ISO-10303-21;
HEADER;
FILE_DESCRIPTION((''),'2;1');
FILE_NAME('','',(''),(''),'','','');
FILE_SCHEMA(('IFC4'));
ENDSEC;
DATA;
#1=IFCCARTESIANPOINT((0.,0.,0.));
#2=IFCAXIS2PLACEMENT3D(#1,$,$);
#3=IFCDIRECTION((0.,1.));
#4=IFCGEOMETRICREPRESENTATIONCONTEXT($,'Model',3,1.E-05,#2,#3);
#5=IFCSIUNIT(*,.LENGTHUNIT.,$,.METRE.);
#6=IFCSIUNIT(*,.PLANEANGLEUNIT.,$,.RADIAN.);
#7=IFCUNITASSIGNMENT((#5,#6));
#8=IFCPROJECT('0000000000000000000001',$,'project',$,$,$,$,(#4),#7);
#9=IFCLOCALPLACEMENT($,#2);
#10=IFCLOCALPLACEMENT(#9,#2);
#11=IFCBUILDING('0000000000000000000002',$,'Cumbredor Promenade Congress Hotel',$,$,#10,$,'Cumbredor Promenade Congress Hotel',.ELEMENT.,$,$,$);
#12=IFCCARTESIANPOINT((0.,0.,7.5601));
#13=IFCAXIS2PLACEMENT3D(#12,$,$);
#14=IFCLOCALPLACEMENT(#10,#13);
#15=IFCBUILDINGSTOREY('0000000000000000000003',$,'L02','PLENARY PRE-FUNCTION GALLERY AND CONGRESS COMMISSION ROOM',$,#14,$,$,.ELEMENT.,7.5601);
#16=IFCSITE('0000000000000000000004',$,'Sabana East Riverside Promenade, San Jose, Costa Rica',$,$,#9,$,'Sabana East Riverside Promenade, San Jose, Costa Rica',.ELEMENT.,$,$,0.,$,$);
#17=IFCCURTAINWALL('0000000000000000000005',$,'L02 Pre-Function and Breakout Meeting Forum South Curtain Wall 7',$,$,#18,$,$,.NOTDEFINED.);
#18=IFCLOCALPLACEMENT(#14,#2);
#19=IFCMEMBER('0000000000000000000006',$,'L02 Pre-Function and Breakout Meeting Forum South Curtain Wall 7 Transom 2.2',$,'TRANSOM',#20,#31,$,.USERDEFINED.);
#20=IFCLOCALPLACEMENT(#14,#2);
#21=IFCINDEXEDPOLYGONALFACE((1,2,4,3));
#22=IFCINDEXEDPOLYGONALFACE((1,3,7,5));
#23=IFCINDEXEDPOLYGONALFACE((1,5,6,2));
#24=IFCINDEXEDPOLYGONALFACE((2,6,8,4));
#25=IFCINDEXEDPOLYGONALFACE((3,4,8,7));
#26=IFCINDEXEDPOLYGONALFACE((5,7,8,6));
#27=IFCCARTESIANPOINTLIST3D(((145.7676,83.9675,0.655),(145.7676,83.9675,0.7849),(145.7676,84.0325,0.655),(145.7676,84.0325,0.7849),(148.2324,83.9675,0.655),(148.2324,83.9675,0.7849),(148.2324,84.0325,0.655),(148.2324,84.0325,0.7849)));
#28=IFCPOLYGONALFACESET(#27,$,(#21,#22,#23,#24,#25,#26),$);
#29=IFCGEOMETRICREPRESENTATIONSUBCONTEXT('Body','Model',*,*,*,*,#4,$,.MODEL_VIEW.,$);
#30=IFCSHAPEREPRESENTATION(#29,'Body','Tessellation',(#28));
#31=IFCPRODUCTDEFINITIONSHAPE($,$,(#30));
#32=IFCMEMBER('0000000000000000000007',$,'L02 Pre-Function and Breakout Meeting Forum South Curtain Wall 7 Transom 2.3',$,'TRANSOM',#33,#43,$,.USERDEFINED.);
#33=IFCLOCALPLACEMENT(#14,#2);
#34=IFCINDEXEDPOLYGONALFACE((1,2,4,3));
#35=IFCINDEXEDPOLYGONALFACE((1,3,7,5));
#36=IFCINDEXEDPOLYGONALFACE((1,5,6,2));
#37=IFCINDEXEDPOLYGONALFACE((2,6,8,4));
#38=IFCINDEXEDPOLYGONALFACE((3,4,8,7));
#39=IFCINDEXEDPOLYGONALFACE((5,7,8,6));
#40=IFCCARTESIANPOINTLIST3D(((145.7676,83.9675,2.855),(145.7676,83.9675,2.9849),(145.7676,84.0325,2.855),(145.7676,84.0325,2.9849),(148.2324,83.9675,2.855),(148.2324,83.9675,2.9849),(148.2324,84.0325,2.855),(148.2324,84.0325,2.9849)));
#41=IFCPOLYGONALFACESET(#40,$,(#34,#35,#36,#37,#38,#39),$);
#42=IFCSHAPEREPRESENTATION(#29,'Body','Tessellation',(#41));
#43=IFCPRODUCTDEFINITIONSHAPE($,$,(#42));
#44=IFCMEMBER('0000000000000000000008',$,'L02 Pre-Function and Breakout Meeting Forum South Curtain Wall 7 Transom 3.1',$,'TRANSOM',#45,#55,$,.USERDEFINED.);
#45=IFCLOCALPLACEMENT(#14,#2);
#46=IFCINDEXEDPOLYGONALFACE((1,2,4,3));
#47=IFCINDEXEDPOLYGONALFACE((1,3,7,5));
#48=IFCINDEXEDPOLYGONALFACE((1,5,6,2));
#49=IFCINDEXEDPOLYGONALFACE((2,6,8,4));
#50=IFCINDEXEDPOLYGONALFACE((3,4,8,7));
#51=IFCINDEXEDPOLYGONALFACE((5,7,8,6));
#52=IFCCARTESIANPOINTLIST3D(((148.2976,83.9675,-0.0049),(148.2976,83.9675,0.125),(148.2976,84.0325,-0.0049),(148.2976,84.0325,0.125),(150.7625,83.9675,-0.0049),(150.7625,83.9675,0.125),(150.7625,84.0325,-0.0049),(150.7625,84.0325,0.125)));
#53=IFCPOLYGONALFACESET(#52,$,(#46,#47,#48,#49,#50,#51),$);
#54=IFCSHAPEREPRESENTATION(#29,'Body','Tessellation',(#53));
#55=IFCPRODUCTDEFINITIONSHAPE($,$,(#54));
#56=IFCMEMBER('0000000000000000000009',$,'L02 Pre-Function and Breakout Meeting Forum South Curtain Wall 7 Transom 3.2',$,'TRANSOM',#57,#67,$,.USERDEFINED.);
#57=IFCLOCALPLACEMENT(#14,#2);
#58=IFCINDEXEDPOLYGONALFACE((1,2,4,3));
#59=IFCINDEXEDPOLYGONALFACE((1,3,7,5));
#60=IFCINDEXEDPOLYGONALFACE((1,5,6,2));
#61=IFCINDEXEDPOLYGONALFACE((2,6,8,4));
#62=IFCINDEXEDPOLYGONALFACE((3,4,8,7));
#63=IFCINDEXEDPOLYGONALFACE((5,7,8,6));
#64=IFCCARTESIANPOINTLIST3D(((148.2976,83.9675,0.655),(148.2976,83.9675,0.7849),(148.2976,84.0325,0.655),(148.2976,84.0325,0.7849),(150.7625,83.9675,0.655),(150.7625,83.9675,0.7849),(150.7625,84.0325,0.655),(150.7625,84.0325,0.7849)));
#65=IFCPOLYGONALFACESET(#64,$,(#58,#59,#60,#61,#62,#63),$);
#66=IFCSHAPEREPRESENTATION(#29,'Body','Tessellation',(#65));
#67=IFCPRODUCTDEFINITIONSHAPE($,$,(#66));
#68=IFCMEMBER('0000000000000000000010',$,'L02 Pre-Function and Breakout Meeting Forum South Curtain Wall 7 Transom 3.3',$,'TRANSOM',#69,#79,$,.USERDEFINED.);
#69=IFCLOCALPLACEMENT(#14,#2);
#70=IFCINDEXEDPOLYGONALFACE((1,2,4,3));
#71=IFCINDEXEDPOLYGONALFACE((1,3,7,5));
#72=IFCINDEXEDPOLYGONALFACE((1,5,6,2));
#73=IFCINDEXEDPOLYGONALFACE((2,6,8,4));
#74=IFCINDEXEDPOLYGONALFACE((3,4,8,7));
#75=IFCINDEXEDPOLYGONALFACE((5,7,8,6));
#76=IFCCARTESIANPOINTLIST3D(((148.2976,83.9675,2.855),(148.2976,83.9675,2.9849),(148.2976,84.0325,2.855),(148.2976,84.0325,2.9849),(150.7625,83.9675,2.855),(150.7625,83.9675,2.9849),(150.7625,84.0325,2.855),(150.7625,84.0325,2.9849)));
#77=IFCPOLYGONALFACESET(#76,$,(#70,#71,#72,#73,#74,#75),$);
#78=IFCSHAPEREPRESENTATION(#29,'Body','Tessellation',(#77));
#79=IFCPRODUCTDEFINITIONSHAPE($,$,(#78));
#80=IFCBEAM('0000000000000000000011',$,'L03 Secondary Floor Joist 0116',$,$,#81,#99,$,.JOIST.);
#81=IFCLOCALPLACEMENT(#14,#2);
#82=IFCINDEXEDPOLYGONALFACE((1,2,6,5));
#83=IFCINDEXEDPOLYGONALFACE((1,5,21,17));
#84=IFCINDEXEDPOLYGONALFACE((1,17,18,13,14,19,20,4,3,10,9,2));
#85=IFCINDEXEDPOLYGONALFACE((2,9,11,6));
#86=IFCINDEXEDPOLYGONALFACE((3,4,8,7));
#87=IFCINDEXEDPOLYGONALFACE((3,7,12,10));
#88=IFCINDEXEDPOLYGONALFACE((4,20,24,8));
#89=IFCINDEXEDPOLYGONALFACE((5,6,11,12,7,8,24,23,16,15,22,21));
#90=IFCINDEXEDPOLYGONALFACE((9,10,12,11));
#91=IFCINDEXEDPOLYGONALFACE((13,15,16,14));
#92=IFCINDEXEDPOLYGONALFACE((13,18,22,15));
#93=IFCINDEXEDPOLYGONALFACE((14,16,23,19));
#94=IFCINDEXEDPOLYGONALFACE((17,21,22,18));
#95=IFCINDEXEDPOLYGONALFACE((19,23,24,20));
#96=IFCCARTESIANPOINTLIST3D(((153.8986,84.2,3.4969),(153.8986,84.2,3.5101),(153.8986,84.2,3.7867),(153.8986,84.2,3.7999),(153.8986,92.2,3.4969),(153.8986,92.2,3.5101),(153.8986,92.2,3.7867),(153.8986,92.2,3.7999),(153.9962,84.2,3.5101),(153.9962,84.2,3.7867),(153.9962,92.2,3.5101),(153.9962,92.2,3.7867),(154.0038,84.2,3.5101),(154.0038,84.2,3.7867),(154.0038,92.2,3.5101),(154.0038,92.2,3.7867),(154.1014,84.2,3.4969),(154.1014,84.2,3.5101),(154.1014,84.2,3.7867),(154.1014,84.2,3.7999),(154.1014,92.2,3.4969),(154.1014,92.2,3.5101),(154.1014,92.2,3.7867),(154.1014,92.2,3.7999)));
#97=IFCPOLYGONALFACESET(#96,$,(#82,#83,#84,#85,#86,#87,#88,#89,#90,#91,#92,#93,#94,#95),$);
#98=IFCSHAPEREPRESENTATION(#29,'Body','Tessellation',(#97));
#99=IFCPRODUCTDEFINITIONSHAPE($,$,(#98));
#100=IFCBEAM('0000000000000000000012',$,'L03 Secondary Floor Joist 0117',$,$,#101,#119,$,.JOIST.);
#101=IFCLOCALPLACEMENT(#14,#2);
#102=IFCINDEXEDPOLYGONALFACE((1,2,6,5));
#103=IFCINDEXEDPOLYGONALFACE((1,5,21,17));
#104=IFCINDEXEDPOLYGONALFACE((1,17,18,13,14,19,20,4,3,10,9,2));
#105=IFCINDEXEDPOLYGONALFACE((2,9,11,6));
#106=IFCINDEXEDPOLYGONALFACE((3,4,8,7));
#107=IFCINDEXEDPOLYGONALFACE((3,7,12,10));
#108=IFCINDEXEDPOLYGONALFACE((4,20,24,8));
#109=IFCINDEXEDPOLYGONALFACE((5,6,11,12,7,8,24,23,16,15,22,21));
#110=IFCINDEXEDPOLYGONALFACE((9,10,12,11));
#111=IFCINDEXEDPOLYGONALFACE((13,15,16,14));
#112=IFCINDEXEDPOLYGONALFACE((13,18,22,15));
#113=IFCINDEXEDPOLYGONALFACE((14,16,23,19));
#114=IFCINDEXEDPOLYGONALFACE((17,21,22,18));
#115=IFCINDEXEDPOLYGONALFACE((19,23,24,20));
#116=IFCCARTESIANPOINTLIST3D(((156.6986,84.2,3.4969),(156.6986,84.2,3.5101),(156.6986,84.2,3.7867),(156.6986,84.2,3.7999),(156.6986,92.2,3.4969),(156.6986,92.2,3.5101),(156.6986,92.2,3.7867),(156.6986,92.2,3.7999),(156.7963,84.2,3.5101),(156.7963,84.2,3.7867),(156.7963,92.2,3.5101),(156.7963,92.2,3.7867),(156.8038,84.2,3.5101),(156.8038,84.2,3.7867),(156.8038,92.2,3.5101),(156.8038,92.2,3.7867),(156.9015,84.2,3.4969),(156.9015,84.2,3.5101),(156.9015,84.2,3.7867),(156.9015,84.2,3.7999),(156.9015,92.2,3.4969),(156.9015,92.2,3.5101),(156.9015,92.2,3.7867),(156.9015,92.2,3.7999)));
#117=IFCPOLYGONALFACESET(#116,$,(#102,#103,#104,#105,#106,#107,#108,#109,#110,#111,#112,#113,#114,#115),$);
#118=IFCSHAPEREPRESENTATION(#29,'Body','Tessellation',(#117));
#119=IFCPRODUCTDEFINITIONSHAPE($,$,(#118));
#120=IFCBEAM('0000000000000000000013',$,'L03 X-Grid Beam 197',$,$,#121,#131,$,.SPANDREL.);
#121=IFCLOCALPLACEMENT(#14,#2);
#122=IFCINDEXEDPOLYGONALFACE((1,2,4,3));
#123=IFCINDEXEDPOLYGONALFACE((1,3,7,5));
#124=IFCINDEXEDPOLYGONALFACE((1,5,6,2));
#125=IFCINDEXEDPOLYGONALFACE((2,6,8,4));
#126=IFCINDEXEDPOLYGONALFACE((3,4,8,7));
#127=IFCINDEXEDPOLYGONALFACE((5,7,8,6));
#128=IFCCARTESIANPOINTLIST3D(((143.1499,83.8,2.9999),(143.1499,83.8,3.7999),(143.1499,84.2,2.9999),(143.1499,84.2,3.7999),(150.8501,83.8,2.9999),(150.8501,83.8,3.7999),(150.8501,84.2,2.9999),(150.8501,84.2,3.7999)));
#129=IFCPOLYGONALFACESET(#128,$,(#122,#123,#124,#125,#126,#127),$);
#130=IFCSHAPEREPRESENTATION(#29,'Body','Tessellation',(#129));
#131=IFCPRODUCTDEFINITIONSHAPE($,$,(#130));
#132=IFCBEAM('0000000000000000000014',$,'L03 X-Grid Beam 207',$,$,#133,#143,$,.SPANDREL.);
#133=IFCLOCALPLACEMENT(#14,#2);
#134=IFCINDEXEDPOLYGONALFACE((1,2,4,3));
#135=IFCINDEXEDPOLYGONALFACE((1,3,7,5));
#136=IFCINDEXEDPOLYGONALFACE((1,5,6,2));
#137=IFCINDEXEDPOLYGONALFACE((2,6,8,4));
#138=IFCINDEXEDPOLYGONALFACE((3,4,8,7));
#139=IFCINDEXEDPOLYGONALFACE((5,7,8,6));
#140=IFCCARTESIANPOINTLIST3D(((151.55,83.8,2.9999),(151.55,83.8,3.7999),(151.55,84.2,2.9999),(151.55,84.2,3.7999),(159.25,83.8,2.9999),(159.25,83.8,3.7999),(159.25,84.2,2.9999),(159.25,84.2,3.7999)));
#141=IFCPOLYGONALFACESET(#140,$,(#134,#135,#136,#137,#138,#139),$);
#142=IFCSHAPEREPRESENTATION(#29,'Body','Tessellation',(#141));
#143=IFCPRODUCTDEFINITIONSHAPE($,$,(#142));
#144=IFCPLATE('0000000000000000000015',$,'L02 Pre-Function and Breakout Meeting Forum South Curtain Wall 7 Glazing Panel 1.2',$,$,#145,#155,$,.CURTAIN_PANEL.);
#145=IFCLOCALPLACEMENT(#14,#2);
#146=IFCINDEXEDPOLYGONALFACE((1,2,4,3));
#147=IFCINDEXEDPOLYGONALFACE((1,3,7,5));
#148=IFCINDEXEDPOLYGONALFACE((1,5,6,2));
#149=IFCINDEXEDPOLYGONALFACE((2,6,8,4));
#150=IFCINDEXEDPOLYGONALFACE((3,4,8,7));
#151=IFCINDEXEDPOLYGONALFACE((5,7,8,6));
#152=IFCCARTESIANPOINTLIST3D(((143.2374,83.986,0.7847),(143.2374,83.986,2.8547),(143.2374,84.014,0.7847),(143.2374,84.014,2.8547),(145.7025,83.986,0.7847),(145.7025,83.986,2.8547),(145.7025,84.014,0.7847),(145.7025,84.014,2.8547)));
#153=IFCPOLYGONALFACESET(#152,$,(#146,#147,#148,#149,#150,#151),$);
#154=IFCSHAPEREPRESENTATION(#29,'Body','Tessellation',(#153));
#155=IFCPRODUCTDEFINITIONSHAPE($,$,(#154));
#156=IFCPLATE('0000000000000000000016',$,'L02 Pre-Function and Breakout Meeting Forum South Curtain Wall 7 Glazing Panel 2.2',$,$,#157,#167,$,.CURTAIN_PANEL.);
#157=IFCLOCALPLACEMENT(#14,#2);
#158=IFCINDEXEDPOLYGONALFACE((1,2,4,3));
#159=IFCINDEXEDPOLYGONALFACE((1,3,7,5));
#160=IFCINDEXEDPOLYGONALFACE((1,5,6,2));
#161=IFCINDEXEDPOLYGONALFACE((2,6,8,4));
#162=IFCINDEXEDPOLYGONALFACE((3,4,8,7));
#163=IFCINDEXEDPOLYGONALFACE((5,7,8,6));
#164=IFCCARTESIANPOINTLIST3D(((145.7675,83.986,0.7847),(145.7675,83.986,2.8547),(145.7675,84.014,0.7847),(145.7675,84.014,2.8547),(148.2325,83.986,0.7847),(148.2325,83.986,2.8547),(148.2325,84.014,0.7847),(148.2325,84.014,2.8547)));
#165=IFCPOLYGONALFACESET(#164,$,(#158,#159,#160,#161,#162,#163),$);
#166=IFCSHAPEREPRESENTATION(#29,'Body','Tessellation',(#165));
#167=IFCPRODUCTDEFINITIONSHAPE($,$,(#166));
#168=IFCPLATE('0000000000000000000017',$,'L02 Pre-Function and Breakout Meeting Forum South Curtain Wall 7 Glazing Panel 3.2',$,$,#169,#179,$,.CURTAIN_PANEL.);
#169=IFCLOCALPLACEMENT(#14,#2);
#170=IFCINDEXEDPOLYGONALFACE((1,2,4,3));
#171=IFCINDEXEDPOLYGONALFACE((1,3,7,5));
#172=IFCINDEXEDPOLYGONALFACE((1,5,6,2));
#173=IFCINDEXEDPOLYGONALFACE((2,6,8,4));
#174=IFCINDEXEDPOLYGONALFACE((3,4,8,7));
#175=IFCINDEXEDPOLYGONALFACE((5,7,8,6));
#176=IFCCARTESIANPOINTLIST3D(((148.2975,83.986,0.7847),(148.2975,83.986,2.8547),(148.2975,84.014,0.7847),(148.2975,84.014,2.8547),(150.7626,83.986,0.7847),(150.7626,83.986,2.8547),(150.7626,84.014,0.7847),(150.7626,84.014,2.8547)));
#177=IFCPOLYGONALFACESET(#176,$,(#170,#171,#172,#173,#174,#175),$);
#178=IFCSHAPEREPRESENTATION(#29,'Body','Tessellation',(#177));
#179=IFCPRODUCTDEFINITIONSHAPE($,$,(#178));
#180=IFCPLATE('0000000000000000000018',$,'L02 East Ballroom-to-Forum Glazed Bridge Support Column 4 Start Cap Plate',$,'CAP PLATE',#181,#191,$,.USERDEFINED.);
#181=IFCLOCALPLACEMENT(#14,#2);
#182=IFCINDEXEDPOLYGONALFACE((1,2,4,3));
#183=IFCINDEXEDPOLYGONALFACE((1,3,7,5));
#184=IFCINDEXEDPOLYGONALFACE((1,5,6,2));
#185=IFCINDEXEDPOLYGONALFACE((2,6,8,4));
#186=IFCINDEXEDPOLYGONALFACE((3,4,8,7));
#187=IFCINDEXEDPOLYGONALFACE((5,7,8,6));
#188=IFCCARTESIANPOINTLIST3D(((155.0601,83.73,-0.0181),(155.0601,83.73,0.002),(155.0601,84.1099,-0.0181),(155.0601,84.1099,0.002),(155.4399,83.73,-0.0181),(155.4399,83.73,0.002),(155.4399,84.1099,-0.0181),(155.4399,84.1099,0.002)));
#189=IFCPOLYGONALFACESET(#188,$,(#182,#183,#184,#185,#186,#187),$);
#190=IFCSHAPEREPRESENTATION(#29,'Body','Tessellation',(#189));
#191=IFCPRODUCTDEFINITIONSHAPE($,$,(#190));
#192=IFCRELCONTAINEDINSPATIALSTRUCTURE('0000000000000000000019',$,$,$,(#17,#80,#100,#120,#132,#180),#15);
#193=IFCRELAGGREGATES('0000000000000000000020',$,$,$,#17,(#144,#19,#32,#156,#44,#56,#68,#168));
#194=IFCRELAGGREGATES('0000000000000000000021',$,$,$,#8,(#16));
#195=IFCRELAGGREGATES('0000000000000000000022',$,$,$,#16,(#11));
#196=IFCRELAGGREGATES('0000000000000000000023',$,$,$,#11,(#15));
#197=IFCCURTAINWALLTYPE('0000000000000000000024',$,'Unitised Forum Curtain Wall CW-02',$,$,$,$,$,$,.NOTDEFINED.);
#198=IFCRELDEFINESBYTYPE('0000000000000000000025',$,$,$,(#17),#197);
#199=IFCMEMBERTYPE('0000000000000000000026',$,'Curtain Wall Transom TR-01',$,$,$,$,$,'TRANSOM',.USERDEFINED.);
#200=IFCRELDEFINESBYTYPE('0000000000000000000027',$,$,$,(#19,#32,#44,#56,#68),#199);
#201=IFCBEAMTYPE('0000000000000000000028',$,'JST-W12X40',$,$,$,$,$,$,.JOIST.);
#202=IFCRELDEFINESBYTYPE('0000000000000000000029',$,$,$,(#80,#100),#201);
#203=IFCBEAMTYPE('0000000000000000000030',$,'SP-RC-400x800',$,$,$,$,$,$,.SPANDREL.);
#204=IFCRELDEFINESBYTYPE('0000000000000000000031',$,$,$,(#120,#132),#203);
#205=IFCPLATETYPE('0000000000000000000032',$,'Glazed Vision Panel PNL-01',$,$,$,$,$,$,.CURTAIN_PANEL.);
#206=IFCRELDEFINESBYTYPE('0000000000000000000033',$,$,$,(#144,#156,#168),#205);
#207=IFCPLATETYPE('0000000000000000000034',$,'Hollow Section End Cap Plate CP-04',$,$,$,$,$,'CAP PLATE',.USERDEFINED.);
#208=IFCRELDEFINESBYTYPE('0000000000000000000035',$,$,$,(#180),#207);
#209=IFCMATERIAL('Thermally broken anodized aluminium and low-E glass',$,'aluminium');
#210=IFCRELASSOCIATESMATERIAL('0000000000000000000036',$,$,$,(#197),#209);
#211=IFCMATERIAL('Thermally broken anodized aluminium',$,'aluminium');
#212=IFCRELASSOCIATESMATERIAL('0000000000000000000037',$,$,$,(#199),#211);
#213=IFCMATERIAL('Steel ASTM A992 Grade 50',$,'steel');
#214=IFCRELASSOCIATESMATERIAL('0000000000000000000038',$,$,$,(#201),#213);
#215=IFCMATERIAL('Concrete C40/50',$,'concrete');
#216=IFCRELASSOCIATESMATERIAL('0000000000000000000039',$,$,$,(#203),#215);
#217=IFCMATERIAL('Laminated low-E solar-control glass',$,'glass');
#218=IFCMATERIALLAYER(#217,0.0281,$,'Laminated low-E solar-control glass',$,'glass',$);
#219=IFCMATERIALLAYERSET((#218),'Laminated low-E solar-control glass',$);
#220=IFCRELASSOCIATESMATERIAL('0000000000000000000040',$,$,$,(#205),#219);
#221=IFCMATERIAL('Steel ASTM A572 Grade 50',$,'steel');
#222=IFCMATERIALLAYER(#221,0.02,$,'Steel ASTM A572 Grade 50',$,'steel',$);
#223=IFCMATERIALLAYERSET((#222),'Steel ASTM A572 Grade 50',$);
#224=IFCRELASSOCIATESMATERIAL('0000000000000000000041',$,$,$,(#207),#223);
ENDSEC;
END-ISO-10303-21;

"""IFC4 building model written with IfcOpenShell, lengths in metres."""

from ifc_helpers import new_model, si_unit, direction, frame, origin, origin_2d, place, context, subcontext, project, spatial, rectangle, i_section, extrude, material, layer, layer_set, material_profile, profile_set, type_object, element, aggregate, save


model = new_model("IFC4")

# Units and contexts
model_context = context("Model", 3, precision=1e-05, world=origin(), true_north=direction((0.0, 1.0)))
body_context = subcontext(model_context, "Body", "Model", "MODEL_VIEW")
ifc_project = project(units=[si_unit("LENGTHUNIT", "METRE"), si_unit("PLANEANGLEUNIT", "RADIAN")], contexts=[model_context])

# Site, building, storey
site_placement = place(None, origin())
site = spatial("IfcSite", under=ifc_project, at=site_placement, Name="Sabana East Riverside Promenade, San Jose, Costa Rica", LongName="Sabana East Riverside Promenade, San Jose, Costa Rica", CompositionType="ELEMENT", RefElevation=0.0)
building_placement = place(site_placement, origin())
building = spatial("IfcBuilding", under=site, at=building_placement, Name="Cumbredor Promenade Congress Hotel", LongName="Cumbredor Promenade Congress Hotel", CompositionType="ELEMENT")
storey_placement = place(building_placement, frame((0.0, 0.0, 7.5601)))
storey = spatial("IfcBuildingStorey", under=building, at=storey_placement, Name="L02", Description="PLENARY PRE-FUNCTION GALLERY AND CONGRESS COMMISSION ROOM", CompositionType="ELEMENT", Elevation=7.5601)

# Shared definitions
ifc_material_1 = material(Name="Concrete C40/50", Category="concrete")

# Curtain wall, members
ifc_material_2 = material(Name="Thermally broken anodized aluminium and low-E glass", Category="aluminium")
curtain_wall_type = type_object("IfcCurtainWallType", Name="Unitised Forum Curtain Wall CW-02", PredefinedType="NOTDEFINED", material=ifc_material_2)
curtain_wall_placement = place(storey_placement, origin())
curtain_wall = element("IfcCurtainWall", 1, at=curtain_wall_placement, inside=storey, type_object=curtain_wall_type, Name="L02 Pre-Function and Breakout Meeting Forum South Curtain Wall 7", PredefinedType="NOTDEFINED")
ifc_material_3 = material(Name="Thermally broken anodized aluminium", Category="aluminium")
ifc_material_profile_1 = material_profile(ifc_material_3, rectangle(XDim=0.0649, YDim=0.1299, at=origin_2d()), Name="ALU TRANSOM 65x130")
ifc_profile_set_1 = profile_set([ifc_material_profile_1], Name="Thermally broken anodized aluminium")
member_type_1 = type_object("IfcMemberType", Name="Curtain Wall Transom TR-01", ElementType="TRANSOM", PredefinedType="USERDEFINED", material=ifc_profile_set_1)
member_1_placement = place(storey_placement, frame((145.7676, 84.0, 0.72), z_axis=(1.0, 0.0, 0.0), x_axis=(0.0, 1.0, 0.0)))
member_1 = element("IfcMember", 2, at=member_1_placement, type_object=member_type_1, Name="L02 Pre-Function and Breakout Meeting Forum South Curtain Wall 7 Transom 2.2", ObjectType="TRANSOM", PredefinedType="USERDEFINED", context=body_context, shape_type="SweptSolid", body=[
    extrude(rectangle(XDim=0.0649, YDim=0.1299, at=origin_2d()), origin(), (0.0, 0.0, 1.0), 2.4648),
])
member_2_placement = place(storey_placement, frame((145.7676, 84.0, 2.9199), z_axis=(1.0, 0.0, 0.0), x_axis=(0.0, 1.0, 0.0)))
member_2 = element("IfcMember", 3, at=member_2_placement, type_object=member_type_1, Name="L02 Pre-Function and Breakout Meeting Forum South Curtain Wall 7 Transom 2.3", ObjectType="TRANSOM", PredefinedType="USERDEFINED", context=body_context, shape_type="SweptSolid", body=[
    extrude(rectangle(XDim=0.0649, YDim=0.1299, at=origin_2d()), origin(), (0.0, 0.0, 1.0), 2.4648),
])
member_3_placement = place(storey_placement, frame((148.2976, 84.0, 0.0601), z_axis=(1.0, 0.0, 0.0), x_axis=(0.0, 1.0, 0.0)))
member_3 = element("IfcMember", 4, at=member_3_placement, type_object=member_type_1, Name="L02 Pre-Function and Breakout Meeting Forum South Curtain Wall 7 Transom 3.1", ObjectType="TRANSOM", PredefinedType="USERDEFINED", context=body_context, shape_type="SweptSolid", body=[
    extrude(rectangle(XDim=0.0649, YDim=0.1299, at=origin_2d()), origin(), (0.0, 0.0, 1.0), 2.4648),
])
member_4_placement = place(storey_placement, frame((148.2976, 84.0, 0.72), z_axis=(1.0, 0.0, 0.0), x_axis=(0.0, 1.0, 0.0)))
member_4 = element("IfcMember", 5, at=member_4_placement, type_object=member_type_1, Name="L02 Pre-Function and Breakout Meeting Forum South Curtain Wall 7 Transom 3.2", ObjectType="TRANSOM", PredefinedType="USERDEFINED", context=body_context, shape_type="SweptSolid", body=[
    extrude(rectangle(XDim=0.0649, YDim=0.1299, at=origin_2d()), origin(), (0.0, 0.0, 1.0), 2.4648),
])
member_5_placement = place(storey_placement, frame((148.2976, 84.0, 2.9199), z_axis=(1.0, 0.0, 0.0), x_axis=(0.0, 1.0, 0.0)))
member_5 = element("IfcMember", 6, at=member_5_placement, type_object=member_type_1, Name="L02 Pre-Function and Breakout Meeting Forum South Curtain Wall 7 Transom 3.3", ObjectType="TRANSOM", PredefinedType="USERDEFINED", context=body_context, shape_type="SweptSolid", body=[
    extrude(rectangle(XDim=0.0649, YDim=0.1299, at=origin_2d()), origin(), (0.0, 0.0, 1.0), 2.4648),
])

# Beams
ifc_material_4 = material(Name="Steel ASTM A992 Grade 50", Category="steel")
ifc_material_profile_2 = material_profile(ifc_material_4, i_section(OverallWidth=0.2029, OverallDepth=0.303, WebThickness=0.0076, FlangeThickness=0.0132, at=origin_2d()), Name="W12X40")
ifc_profile_set_2 = profile_set([ifc_material_profile_2], Name="Steel ASTM A992 Grade 50")
beam_type_1 = type_object("IfcBeamType", Name="JST-W12X40", PredefinedType="JOIST", material=ifc_profile_set_2)
for number, where, z_axis, x_axis, name in (
    (7, (154.0, 84.2, 3.6484), (0.0, 1.0, 0.0), (-1.0, 0.0, 0.0), "L03 Secondary Floor Joist 0116"),
    (8, (156.8, 84.2, 3.6484), (0.0, 1.0, 0.0), (-1.0, 0.0, 0.0), "L03 Secondary Floor Joist 0117"),
):
    element("IfcBeam", number, at=place(storey_placement, frame(where, z_axis=z_axis, x_axis=x_axis)), inside=storey, type_object=beam_type_1, Name=name, PredefinedType="JOIST", context=body_context, shape_type="SweptSolid", body=[
        extrude(i_section(OverallWidth=0.2029, OverallDepth=0.303, WebThickness=0.0076, FlangeThickness=0.0132, at=origin_2d()), origin(), (0.0, 0.0, 1.0), 8.0),
    ])
ifc_material_profile_3 = material_profile(ifc_material_1, rectangle(XDim=0.3999, YDim=0.8, at=origin_2d()), Name="RC SPANDREL 400x800")
ifc_profile_set_3 = profile_set([ifc_material_profile_3], Name="Concrete C40/50")
beam_type_2 = type_object("IfcBeamType", Name="SP-RC-400x800", PredefinedType="SPANDREL", material=ifc_profile_set_3)
beam_1_placement = place(storey_placement, frame((143.1499, 84.0, 3.3999), z_axis=(1.0, 0.0, 0.0), x_axis=(0.0, 1.0, 0.0)))
element("IfcBeam", 9, at=beam_1_placement, inside=storey, type_object=beam_type_2, Name="L03 X-Grid Beam 197", PredefinedType="SPANDREL", context=body_context, shape_type="SweptSolid", body=[
    extrude(rectangle(XDim=0.3999, YDim=0.8, at=origin_2d()), origin(), (0.0, 0.0, 1.0), 7.7002),
])
beam_2_placement = place(storey_placement, frame((151.55, 84.0, 3.3999), z_axis=(1.0, 0.0, 0.0), x_axis=(0.0, 1.0, 0.0)))
element("IfcBeam", 10, at=beam_2_placement, inside=storey, type_object=beam_type_2, Name="L03 X-Grid Beam 207", PredefinedType="SPANDREL", context=body_context, shape_type="SweptSolid", body=[
    extrude(rectangle(XDim=0.3999, YDim=0.8, at=origin_2d()), origin(), (0.0, 0.0, 1.0), 7.7),
])

# Plates
ifc_material_5 = material(Name="Laminated low-E solar-control glass", Category="glass")
ifc_layer_1 = layer(ifc_material_5, 0.0281, Name="Laminated low-E solar-control glass", Category="glass")
ifc_layer_set_1 = layer_set([ifc_layer_1], Name="Laminated low-E solar-control glass")
plate_type_1 = type_object("IfcPlateType", Name="Glazed Vision Panel PNL-01", PredefinedType="CURTAIN_PANEL", material=ifc_layer_set_1)
plate_1_placement = place(storey_placement, frame((144.47, 84.0, 0.7847), z_axis=(0.0, 0.0, 1.0), x_axis=(1.0, 0.0, 0.0)))
plate_1 = element("IfcPlate", 11, at=plate_1_placement, type_object=plate_type_1, Name="L02 Pre-Function and Breakout Meeting Forum South Curtain Wall 7 Glazing Panel 1.2", PredefinedType="CURTAIN_PANEL", context=body_context, shape_type="SweptSolid", body=[
    extrude(rectangle(XDim=2.4651, YDim=0.0281, at=origin_2d()), origin(), (0.0, 0.0, 1.0), 2.0701),
])
plate_2_placement = place(storey_placement, frame((147.0, 84.0, 0.7847), z_axis=(0.0, 0.0, 1.0), x_axis=(1.0, 0.0, 0.0)))
plate_2 = element("IfcPlate", 12, at=plate_2_placement, type_object=plate_type_1, Name="L02 Pre-Function and Breakout Meeting Forum South Curtain Wall 7 Glazing Panel 2.2", PredefinedType="CURTAIN_PANEL", context=body_context, shape_type="SweptSolid", body=[
    extrude(rectangle(XDim=2.4651, YDim=0.0281, at=origin_2d()), origin(), (0.0, 0.0, 1.0), 2.0701),
])
plate_3_placement = place(storey_placement, frame((149.53, 84.0, 0.7847), z_axis=(0.0, 0.0, 1.0), x_axis=(1.0, 0.0, 0.0)))
plate_3 = element("IfcPlate", 13, at=plate_3_placement, type_object=plate_type_1, Name="L02 Pre-Function and Breakout Meeting Forum South Curtain Wall 7 Glazing Panel 3.2", PredefinedType="CURTAIN_PANEL", context=body_context, shape_type="SweptSolid", body=[
    extrude(rectangle(XDim=2.4651, YDim=0.0281, at=origin_2d()), origin(), (0.0, 0.0, 1.0), 2.0701),
])

# Plate
ifc_material_6 = material(Name="Steel ASTM A572 Grade 50", Category="steel")
ifc_layer_2 = layer(ifc_material_6, 0.02, Name="Steel ASTM A572 Grade 50", Category="steel")
ifc_layer_set_2 = layer_set([ifc_layer_2], Name="Steel ASTM A572 Grade 50")
plate_type_2 = type_object("IfcPlateType", Name="Hollow Section End Cap Plate CP-04", ElementType="CAP PLATE", PredefinedType="USERDEFINED", material=ifc_layer_set_2)
for number, where, z_axis, x_axis, name in (
    (14, (155.25, 83.9199, -0.0181), (0.0, 0.0, 1.0), (1.0, 0.0, 0.0), "L02 East Ballroom-to-Forum Glazed Bridge Support Column 4 Start Cap Plate"),
):
    element("IfcPlate", number, at=place(storey_placement, frame(where, z_axis=z_axis, x_axis=x_axis)), inside=storey, type_object=plate_type_2, Name=name, ObjectType="CAP PLATE", PredefinedType="USERDEFINED", context=body_context, shape_type="SweptSolid", body=[
        extrude(rectangle(XDim=0.3799, YDim=0.3799, at=origin_2d()), origin(), (0.0, 0.0, 1.0), 0.02),
    ])

aggregate(curtain_wall, [plate_1, member_1, member_2, plate_2, member_3, member_4, member_5, plate_3])

save(model, "model.ifc")
